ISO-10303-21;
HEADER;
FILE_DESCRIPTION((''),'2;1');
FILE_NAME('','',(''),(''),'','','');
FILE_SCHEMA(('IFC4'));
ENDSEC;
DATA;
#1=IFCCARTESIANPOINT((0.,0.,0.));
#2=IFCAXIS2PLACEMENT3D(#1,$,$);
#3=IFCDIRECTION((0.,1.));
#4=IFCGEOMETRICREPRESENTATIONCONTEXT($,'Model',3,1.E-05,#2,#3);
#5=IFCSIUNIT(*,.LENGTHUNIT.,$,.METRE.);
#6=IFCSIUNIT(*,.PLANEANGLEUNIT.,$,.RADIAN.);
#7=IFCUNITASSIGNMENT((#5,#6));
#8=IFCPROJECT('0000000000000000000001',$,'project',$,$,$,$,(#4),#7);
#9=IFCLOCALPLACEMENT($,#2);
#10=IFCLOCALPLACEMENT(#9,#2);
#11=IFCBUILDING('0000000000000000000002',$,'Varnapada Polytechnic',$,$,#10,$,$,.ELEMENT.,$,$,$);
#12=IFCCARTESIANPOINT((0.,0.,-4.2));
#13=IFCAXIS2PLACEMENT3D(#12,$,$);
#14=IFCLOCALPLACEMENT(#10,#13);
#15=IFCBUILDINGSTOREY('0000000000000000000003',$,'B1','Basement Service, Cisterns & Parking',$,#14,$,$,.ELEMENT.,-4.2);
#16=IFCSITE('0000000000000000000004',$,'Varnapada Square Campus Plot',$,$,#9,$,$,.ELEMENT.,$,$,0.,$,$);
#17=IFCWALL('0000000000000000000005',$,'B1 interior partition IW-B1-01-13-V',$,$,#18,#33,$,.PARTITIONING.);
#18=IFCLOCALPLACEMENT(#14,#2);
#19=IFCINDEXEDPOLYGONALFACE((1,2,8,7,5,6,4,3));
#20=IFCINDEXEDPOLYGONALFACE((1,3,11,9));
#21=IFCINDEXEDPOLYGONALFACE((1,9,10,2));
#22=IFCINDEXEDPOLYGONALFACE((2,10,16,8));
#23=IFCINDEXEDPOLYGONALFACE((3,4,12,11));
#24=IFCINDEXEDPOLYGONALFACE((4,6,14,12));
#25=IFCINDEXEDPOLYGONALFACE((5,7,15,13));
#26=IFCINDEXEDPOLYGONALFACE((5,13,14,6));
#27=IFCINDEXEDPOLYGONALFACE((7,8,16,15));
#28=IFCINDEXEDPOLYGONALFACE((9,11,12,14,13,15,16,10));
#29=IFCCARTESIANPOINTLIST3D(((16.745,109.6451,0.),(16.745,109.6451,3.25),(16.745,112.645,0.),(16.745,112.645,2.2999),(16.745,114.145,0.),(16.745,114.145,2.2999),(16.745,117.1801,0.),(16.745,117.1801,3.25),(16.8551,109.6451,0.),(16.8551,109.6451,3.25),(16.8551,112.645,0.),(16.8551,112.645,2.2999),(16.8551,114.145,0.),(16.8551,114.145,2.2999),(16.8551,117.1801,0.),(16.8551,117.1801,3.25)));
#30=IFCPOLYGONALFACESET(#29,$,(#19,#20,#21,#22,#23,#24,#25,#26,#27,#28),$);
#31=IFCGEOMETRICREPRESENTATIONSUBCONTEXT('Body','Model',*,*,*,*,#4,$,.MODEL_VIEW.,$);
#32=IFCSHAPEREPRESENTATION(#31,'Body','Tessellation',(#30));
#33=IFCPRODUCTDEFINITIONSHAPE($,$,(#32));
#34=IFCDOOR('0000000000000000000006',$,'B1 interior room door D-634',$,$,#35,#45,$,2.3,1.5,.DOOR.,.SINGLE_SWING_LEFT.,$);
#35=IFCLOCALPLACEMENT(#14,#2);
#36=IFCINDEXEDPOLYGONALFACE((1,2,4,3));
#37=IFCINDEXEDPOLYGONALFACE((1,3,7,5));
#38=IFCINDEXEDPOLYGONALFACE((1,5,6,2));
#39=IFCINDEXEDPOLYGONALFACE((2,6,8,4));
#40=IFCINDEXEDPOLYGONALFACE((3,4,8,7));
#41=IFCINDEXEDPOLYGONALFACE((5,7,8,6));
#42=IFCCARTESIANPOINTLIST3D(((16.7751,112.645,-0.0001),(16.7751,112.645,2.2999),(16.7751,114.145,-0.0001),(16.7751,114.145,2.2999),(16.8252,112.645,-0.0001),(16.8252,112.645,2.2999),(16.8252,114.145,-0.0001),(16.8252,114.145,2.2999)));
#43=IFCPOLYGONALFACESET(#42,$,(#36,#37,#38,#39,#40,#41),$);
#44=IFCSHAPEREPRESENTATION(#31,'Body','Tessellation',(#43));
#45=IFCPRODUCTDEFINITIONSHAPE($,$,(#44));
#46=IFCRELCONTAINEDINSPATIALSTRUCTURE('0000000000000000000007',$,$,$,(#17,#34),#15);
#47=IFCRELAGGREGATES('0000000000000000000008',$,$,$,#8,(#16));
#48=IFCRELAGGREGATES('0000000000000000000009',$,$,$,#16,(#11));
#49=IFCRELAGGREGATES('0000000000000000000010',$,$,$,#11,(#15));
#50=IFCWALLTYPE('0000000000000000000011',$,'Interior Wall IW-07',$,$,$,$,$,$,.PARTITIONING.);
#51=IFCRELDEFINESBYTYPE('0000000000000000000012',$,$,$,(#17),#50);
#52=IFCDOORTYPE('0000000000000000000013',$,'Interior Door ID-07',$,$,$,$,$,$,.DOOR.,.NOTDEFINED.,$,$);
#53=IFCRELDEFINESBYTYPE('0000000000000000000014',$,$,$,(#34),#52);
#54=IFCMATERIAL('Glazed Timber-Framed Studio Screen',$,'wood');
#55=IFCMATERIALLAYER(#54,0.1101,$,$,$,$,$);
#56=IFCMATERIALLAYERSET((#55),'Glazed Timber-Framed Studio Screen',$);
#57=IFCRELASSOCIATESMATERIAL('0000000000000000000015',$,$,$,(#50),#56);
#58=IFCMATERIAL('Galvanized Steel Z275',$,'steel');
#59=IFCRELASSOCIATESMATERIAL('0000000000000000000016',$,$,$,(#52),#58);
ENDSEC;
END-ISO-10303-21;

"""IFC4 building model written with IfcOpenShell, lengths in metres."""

from ifc_helpers import new_model, si_unit, direction, frame, frame_2d, origin, place, context, subcontext, project, spatial, rectangle, extrude, material, layer, layer_set, type_object, element, fill, save


model = new_model("IFC4")

# Units and contexts
model_context = context("Model", 3, precision=1e-05, world=origin(), true_north=direction((0.0, 1.0)))
body_context = subcontext(model_context, "Body", "Model", "MODEL_VIEW")
ifc_project = project(units=[si_unit("LENGTHUNIT", "METRE"), si_unit("PLANEANGLEUNIT", "RADIAN")], contexts=[model_context])

# Site, building, storey
site_placement = place(None, origin())
site = spatial("IfcSite", under=ifc_project, at=site_placement, Name="Varnapada Square Campus Plot", CompositionType="ELEMENT", RefElevation=0.0)
building_placement = place(site_placement, origin())
building = spatial("IfcBuilding", under=site, at=building_placement, Name="Varnapada Polytechnic", CompositionType="ELEMENT")
storey_placement = place(building_placement, frame((0.0, 0.0, -4.2)))
storey = spatial("IfcBuildingStorey", under=building, at=storey_placement, Name="B1", Description="Basement Service, Cisterns & Parking", CompositionType="ELEMENT", Elevation=-4.2)

# Shared definitions
ifc_material_1 = material(Name="Galvanized Steel Z275", Category="steel")

# Wall, opening, door
ifc_material_2 = material(Name="Glazed Timber-Framed Studio Screen", Category="wood")
ifc_layer_1 = layer(ifc_material_2, 0.1101)
ifc_layer_set_1 = layer_set([ifc_layer_1], Name="Glazed Timber-Framed Studio Screen")
wall_type_1 = type_object("IfcWallType", Name="Interior Wall IW-07", PredefinedType="PARTITIONING", material=ifc_layer_set_1)
wall_1_placement = place(storey_placement, frame((16.8, 109.645, 0.0), z_axis=(0.0, 0.0, 1.0), x_axis=(0.0, 1.0, 0.0)))
wall_1 = element("IfcWall", 1, at=wall_1_placement, inside=storey, type_object=wall_type_1, Name="B1 interior partition IW-B1-01-13-V", PredefinedType="PARTITIONING", context=body_context, shape_type="SweptSolid", body=[
    extrude(rectangle(XDim=7.5349, YDim=0.1101, at=frame_2d((3.7676, 0.0))), origin(), (0.0, 0.0, 1.0), 3.25),
])
opening_1_placement = place(wall_1_placement, frame((3.0, 0.0, 0.0)))
opening_1 = element("IfcOpeningElement", 2, at=opening_1_placement, cuts=wall_1, PredefinedType="OPENING", context=body_context, shape_type="SweptSolid", body=[
    extrude(rectangle(XDim=1.5, YDim=2.3, at=frame_2d((0.75, 1.1499))), frame((0.0, 0.0649, 0.0), z_axis=(0.0, -1.0, 0.0), x_axis=(1.0, 0.0, 0.0)), (0.0, 0.0, 1.0), 0.1301),
])
door_type_1 = type_object("IfcDoorType", Name="Interior Door ID-07", OperationType="NOTDEFINED", PredefinedType="DOOR", material=ifc_material_1)
door_1_placement = place(opening_1_placement, origin())
door_1 = element("IfcDoor", 3, at=door_1_placement, inside=storey, type_object=door_type_1, Name="B1 interior room door D-634", OperationType="SINGLE_SWING_LEFT", OverallHeight=2.3, OverallWidth=1.5, PredefinedType="DOOR", context=body_context, shape_type="SweptSolid", body=[
    extrude(rectangle(XDim=1.5, YDim=2.3, at=frame_2d((0.75, 1.1499))), frame((0.0, 0.0249, 0.0), z_axis=(0.0, -1.0, 0.0), x_axis=(1.0, 0.0, 0.0)), (0.0, 0.0, 1.0), 0.05),
])
fill(opening_1, door_1)

save(model, "model.ifc")
